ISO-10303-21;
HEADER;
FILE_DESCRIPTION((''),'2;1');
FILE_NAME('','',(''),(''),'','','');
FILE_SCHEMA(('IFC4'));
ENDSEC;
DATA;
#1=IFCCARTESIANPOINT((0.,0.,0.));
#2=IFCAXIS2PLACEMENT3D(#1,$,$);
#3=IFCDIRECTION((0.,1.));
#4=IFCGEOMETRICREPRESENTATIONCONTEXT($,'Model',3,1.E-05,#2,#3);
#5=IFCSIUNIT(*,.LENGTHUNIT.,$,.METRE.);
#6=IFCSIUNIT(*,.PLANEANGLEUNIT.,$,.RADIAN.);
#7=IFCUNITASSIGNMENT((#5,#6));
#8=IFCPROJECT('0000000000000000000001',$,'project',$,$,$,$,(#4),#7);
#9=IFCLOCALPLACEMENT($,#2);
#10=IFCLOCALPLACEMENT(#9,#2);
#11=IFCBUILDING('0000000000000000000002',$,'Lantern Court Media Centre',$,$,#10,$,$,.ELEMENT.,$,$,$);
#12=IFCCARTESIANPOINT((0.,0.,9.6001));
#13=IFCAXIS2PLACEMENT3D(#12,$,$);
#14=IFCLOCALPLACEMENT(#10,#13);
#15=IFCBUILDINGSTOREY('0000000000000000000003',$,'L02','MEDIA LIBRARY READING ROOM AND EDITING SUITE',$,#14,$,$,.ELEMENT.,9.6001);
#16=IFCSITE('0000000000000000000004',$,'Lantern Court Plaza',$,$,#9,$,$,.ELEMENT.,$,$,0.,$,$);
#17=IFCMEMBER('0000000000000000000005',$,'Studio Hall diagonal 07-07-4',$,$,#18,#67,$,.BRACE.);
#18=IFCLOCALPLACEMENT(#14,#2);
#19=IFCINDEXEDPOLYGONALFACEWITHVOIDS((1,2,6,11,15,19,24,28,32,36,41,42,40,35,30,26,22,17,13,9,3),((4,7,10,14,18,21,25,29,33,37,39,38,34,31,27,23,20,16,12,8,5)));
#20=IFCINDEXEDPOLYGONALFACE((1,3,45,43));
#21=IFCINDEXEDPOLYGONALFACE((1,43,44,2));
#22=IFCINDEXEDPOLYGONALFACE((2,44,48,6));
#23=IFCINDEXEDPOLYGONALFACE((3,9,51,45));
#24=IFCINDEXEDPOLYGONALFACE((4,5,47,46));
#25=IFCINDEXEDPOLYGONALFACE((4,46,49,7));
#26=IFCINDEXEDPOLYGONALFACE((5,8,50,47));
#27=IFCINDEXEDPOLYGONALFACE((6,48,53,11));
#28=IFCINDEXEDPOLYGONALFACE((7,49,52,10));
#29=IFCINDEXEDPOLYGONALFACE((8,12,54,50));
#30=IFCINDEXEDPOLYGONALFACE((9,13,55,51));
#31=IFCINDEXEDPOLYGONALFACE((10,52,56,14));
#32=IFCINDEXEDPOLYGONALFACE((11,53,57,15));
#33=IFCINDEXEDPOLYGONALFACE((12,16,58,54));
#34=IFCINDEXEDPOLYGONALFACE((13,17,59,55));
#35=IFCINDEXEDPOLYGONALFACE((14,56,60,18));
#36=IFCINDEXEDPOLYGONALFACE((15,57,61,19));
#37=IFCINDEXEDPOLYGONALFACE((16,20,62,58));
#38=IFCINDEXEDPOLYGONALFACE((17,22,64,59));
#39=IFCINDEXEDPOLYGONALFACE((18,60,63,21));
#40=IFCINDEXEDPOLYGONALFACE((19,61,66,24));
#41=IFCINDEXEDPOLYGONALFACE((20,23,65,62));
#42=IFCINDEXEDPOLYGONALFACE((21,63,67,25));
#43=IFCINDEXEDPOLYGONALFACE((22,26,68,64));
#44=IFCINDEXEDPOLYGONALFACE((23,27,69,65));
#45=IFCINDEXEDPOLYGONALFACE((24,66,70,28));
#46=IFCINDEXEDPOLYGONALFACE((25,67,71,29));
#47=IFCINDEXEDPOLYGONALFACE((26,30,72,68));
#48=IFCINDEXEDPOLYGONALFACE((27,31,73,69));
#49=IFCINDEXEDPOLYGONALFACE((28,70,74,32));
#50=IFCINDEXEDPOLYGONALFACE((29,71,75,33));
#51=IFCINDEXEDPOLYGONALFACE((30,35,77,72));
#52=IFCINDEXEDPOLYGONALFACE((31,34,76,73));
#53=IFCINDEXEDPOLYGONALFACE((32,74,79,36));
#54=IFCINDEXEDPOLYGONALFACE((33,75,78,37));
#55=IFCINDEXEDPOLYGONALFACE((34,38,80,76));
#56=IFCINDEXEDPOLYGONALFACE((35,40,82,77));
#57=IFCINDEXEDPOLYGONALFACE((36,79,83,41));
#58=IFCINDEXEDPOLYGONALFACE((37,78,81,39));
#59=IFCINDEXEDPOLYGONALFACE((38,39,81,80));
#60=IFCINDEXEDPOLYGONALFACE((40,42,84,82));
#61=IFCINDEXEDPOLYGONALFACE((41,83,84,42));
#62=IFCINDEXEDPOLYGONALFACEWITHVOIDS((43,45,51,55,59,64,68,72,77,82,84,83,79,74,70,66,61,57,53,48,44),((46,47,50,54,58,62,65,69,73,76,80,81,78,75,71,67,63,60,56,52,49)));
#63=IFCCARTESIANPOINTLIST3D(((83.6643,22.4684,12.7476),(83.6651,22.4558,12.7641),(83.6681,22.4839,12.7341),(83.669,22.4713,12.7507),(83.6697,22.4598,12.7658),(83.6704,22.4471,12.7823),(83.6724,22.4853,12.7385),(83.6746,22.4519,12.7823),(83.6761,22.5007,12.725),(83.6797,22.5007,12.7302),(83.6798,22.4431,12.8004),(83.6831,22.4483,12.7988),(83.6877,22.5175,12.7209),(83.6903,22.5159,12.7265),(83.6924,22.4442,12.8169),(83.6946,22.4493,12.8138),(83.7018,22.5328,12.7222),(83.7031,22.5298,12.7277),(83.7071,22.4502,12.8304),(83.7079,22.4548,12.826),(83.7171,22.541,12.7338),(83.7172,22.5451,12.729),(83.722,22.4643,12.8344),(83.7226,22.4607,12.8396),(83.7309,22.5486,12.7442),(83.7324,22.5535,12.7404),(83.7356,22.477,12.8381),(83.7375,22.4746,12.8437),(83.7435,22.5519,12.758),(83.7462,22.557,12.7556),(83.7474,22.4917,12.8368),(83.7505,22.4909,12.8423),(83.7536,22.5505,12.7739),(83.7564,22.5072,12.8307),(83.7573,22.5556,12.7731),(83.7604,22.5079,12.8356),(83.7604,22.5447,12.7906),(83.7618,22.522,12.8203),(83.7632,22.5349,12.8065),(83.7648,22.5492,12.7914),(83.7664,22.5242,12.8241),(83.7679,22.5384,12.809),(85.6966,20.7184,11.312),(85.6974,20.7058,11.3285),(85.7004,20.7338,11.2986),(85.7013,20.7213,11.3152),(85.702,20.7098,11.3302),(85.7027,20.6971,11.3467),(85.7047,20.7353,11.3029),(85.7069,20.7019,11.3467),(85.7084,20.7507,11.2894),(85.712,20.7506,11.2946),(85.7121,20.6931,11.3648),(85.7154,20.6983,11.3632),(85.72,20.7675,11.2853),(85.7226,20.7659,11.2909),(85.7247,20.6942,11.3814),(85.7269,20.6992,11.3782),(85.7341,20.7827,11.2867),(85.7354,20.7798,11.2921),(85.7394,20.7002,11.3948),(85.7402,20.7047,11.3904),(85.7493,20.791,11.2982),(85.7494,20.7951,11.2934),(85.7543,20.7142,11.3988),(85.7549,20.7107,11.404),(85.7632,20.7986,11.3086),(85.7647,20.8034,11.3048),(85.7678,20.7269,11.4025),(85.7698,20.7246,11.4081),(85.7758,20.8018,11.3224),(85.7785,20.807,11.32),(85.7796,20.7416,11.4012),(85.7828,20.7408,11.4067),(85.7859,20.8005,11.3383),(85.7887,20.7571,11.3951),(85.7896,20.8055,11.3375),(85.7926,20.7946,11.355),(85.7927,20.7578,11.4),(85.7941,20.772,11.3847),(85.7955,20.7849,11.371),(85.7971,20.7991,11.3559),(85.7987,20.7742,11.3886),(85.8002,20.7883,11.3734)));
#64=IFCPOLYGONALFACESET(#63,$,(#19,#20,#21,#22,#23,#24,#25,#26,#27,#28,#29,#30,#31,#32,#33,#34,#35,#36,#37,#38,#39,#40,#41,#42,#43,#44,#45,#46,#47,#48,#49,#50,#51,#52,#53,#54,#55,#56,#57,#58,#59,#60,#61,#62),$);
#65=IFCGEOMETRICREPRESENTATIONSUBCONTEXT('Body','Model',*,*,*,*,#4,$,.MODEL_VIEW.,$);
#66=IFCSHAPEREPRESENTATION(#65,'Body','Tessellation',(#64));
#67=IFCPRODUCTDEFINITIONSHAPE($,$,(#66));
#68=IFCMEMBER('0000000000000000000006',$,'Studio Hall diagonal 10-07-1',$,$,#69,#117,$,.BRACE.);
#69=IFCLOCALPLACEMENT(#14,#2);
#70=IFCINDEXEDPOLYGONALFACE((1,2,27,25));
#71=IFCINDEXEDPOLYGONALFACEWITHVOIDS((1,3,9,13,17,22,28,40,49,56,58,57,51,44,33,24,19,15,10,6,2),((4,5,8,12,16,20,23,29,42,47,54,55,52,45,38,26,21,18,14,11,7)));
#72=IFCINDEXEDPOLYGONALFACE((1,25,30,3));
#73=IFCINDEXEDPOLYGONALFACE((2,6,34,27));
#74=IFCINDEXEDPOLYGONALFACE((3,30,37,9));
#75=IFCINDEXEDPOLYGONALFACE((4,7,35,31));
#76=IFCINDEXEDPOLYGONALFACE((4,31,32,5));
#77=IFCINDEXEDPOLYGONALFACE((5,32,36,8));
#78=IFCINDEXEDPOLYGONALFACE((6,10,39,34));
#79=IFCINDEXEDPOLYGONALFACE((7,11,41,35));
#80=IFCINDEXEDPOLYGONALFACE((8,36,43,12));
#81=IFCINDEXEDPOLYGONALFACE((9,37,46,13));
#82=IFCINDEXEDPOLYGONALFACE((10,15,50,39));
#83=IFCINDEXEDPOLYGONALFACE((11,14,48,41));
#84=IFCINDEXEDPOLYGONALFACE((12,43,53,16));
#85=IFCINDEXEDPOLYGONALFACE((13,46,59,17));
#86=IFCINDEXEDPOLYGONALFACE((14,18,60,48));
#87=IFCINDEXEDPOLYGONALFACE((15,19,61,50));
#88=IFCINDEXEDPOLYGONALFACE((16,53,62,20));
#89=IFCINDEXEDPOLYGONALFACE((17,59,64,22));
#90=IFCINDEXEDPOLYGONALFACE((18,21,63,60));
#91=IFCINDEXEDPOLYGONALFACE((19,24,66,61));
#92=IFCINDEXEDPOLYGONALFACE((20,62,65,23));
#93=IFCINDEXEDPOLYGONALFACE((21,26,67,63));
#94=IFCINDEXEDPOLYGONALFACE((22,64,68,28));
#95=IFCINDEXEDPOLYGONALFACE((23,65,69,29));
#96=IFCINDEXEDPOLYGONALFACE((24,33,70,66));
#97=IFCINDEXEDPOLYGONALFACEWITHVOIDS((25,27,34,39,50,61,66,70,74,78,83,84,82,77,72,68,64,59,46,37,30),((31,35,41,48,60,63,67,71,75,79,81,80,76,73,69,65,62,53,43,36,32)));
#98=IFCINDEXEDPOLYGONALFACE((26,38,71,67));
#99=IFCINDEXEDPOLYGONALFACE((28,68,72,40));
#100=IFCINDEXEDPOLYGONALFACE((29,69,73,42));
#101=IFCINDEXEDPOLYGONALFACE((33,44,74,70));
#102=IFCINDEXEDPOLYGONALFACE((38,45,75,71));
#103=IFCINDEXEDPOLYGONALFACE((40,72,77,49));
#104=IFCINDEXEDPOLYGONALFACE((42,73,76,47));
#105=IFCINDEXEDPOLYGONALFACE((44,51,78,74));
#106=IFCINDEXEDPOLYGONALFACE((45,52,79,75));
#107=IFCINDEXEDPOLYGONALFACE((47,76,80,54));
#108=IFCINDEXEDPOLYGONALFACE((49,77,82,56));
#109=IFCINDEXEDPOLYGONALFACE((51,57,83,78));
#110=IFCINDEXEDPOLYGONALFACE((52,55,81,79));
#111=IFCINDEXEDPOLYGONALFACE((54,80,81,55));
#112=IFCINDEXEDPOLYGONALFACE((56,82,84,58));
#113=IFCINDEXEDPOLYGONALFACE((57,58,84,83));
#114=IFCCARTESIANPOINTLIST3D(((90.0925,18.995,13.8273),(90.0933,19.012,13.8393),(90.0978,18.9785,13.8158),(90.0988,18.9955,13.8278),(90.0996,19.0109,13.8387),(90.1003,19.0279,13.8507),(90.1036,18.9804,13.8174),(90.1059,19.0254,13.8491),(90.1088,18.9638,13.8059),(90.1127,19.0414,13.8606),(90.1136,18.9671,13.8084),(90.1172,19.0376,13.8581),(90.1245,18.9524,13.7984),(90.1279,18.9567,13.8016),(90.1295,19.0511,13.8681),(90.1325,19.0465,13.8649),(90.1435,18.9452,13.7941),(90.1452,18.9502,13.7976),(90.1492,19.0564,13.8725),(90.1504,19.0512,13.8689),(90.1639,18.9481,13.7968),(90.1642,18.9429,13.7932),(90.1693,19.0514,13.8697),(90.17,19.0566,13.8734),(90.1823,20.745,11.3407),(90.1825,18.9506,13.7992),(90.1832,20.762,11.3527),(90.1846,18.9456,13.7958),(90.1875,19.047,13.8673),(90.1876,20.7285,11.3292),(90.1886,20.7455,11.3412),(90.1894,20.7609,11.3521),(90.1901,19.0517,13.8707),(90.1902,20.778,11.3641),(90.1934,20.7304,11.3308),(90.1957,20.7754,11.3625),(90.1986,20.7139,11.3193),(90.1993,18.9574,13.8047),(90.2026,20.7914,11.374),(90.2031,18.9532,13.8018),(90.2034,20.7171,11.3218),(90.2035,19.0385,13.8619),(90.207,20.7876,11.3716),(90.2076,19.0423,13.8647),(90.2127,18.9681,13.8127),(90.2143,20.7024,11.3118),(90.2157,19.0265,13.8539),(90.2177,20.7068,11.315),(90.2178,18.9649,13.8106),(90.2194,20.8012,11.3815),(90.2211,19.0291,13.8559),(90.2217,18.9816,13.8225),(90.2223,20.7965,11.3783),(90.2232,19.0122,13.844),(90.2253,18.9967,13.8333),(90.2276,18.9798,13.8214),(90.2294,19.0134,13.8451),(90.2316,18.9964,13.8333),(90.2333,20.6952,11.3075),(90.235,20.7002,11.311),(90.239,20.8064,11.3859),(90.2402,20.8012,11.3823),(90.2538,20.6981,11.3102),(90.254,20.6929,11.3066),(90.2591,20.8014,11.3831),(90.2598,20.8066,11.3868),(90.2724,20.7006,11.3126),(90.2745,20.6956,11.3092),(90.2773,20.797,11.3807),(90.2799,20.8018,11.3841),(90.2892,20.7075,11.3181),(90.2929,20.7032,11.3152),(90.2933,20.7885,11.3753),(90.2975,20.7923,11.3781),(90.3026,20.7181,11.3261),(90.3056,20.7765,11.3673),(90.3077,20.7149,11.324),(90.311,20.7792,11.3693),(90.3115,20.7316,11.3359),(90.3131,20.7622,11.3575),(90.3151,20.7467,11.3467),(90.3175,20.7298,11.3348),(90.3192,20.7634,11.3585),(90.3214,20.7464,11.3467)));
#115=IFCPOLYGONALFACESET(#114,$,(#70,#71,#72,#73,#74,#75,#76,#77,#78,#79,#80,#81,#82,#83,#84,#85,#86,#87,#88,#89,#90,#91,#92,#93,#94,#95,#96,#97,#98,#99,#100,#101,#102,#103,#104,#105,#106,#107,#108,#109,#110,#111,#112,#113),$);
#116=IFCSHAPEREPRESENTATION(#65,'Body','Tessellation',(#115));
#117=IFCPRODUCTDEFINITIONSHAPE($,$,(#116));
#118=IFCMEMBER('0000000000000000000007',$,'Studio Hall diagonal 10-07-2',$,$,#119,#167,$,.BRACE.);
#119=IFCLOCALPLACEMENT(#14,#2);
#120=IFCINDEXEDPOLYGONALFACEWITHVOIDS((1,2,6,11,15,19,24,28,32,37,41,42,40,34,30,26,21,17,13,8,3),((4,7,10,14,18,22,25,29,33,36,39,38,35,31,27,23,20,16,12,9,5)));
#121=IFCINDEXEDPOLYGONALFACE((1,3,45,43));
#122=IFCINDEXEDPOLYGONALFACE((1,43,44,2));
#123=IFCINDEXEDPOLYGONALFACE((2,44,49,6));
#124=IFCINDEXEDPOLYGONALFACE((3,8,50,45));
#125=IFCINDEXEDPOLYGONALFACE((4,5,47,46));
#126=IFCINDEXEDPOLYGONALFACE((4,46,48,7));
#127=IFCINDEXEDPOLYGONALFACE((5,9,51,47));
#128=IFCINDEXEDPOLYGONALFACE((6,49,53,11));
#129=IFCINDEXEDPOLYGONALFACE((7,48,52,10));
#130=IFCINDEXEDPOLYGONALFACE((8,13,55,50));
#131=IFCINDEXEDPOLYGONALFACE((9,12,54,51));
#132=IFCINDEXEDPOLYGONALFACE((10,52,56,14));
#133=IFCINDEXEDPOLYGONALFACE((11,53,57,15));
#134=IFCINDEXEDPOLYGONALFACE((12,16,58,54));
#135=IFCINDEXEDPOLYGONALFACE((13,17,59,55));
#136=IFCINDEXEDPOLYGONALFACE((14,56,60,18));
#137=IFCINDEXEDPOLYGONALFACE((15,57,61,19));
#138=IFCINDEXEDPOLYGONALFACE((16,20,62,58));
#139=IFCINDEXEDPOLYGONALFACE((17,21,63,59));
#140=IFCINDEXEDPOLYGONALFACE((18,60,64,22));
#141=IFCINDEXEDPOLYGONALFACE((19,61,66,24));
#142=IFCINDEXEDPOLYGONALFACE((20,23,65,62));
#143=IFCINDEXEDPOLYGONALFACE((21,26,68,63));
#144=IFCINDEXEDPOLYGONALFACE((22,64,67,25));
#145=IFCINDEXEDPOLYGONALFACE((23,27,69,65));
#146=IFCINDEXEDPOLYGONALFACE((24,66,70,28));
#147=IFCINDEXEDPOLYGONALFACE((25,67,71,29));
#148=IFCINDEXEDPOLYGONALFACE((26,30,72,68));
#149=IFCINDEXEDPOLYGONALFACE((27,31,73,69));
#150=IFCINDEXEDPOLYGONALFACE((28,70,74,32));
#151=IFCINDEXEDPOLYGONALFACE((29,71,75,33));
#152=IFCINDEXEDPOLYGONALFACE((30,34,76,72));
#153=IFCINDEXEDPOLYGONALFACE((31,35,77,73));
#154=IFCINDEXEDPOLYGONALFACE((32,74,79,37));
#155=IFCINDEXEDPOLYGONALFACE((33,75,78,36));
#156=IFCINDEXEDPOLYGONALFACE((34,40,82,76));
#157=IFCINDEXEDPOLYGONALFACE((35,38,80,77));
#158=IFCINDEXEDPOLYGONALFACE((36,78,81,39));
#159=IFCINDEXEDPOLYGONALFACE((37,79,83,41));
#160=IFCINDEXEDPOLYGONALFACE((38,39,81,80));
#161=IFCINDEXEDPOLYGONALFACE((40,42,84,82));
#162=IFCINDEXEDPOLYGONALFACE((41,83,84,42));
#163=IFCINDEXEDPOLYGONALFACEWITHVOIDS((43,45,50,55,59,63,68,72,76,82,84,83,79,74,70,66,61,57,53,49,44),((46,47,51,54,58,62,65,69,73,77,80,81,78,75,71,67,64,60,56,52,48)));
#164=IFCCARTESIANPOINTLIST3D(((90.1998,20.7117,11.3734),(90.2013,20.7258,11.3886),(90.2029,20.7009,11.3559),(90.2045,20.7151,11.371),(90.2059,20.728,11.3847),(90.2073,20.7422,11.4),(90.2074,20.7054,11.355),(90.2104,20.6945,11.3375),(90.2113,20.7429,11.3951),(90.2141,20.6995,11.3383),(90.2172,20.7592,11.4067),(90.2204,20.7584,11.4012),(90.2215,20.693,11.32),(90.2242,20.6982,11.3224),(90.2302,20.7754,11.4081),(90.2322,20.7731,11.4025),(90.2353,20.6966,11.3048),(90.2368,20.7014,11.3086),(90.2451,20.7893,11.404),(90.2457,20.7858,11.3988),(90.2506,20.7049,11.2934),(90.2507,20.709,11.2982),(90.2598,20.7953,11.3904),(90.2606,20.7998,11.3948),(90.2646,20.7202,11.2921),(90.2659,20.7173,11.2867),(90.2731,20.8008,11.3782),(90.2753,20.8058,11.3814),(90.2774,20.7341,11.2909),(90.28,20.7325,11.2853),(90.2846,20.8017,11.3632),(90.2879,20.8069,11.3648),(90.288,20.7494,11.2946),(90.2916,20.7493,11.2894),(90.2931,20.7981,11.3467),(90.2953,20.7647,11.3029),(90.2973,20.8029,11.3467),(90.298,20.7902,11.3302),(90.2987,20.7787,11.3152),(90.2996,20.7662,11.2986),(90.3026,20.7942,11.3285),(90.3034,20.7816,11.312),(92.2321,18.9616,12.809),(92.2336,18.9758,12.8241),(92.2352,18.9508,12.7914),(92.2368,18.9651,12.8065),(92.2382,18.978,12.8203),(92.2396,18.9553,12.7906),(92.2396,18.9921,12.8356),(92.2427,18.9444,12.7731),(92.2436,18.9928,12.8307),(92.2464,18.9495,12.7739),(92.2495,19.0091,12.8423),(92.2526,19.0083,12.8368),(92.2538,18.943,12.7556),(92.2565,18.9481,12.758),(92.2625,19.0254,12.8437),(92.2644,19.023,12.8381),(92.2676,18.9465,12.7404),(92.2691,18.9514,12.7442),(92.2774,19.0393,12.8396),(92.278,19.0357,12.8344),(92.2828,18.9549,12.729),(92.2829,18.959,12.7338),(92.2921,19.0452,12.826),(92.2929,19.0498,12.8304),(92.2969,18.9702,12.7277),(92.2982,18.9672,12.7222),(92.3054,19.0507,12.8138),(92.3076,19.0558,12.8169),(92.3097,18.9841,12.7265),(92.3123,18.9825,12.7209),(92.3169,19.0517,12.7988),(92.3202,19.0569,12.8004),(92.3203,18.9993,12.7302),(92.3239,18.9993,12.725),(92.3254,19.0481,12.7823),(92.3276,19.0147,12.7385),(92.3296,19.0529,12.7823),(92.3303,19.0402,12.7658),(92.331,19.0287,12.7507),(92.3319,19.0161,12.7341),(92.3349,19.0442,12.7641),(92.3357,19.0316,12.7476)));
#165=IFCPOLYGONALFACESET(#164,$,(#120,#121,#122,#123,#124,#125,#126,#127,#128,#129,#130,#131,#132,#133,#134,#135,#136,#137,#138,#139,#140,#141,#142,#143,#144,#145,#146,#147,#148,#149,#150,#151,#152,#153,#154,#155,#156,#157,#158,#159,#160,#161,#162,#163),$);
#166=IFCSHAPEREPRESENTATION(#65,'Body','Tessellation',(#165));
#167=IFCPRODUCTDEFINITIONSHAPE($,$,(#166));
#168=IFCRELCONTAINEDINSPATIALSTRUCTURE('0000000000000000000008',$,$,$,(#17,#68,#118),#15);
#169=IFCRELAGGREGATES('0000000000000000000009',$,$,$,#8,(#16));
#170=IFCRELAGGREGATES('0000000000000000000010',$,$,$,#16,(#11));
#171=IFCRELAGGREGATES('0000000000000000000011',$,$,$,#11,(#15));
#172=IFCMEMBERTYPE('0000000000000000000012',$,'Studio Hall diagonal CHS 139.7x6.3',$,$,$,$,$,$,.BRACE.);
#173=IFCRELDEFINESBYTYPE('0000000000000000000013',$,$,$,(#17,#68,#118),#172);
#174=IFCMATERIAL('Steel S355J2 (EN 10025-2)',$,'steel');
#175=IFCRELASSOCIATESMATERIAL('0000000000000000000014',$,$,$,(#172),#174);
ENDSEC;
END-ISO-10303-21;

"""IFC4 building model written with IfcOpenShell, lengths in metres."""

from ifc_helpers import new_model, si_unit, direction, frame, origin, origin_2d, place, context, subcontext, project, spatial, hollow_circle, extrude, material, material_profile, profile_set, type_object, element, save


model = new_model("IFC4")

# Units and contexts
model_context = context("Model", 3, precision=1e-05, world=origin(), true_north=direction((0.0, 1.0)))
body_context = subcontext(model_context, "Body", "Model", "MODEL_VIEW")
ifc_project = project(units=[si_unit("LENGTHUNIT", "METRE"), si_unit("PLANEANGLEUNIT", "RADIAN")], contexts=[model_context])

# Site, building, storey
site_placement = place(None, origin())
site = spatial("IfcSite", under=ifc_project, at=site_placement, Name="Lantern Court Plaza", CompositionType="ELEMENT", RefElevation=0.0)
building_placement = place(site_placement, origin())
building = spatial("IfcBuilding", under=site, at=building_placement, Name="Lantern Court Media Centre", CompositionType="ELEMENT")
storey_placement = place(building_placement, frame((0.0, 0.0, 9.6001)))
storey = spatial("IfcBuildingStorey", under=building, at=storey_placement, Name="L02", Description="MEDIA LIBRARY READING ROOM AND EDITING SUITE", CompositionType="ELEMENT", Elevation=9.6001)

# Members
ifc_material = material(Name="Steel S355J2 (EN 10025-2)", Category="steel")
ifc_material_profile_1 = material_profile(ifc_material, hollow_circle(Radius=0.0698, WallThickness=0.0063, at=origin_2d()), Name="Studio Hall diagonal CHS 139.7x6.3")
ifc_profile_set_1 = profile_set([ifc_material_profile_1], Name="Steel S355J2 (EN 10025-2)")
member_type_1 = type_object("IfcMemberType", Name="Studio Hall diagonal CHS 139.7x6.3", PredefinedType="BRACE", material=ifc_profile_set_1)
for number, where, z_axis, x_axis, name in (
    (1, (85.7483, 20.75, 11.3467), (-0.668075, 0.575296, 0.471922), (-0.652529, -0.757764, 0.0), "Studio Hall diagonal 07-07-4"),
    (2, (90.2517, 20.75, 11.3467), (-0.029535, -0.575284, 0.81742), (0.998685, -0.051272, 0.0), "Studio Hall diagonal 10-07-1"),
    (3, (90.2517, 20.75, 11.3467), (0.668075, -0.575296, 0.471922), (0.652529, 0.757764, 0.0), "Studio Hall diagonal 10-07-2"),
):
    element("IfcMember", number, at=place(storey_placement, frame(where, z_axis=z_axis, x_axis=x_axis)), inside=storey, type_object=member_type_1, Name=name, PredefinedType="BRACE", context=body_context, shape_type="SweptSolid", body=[
        extrude(hollow_circle(Radius=0.0698, WallThickness=0.0063, at=origin_2d()), origin(), (0.0, 0.0, 1.0), 3.042),
    ])

save(model, "model.ifc")
